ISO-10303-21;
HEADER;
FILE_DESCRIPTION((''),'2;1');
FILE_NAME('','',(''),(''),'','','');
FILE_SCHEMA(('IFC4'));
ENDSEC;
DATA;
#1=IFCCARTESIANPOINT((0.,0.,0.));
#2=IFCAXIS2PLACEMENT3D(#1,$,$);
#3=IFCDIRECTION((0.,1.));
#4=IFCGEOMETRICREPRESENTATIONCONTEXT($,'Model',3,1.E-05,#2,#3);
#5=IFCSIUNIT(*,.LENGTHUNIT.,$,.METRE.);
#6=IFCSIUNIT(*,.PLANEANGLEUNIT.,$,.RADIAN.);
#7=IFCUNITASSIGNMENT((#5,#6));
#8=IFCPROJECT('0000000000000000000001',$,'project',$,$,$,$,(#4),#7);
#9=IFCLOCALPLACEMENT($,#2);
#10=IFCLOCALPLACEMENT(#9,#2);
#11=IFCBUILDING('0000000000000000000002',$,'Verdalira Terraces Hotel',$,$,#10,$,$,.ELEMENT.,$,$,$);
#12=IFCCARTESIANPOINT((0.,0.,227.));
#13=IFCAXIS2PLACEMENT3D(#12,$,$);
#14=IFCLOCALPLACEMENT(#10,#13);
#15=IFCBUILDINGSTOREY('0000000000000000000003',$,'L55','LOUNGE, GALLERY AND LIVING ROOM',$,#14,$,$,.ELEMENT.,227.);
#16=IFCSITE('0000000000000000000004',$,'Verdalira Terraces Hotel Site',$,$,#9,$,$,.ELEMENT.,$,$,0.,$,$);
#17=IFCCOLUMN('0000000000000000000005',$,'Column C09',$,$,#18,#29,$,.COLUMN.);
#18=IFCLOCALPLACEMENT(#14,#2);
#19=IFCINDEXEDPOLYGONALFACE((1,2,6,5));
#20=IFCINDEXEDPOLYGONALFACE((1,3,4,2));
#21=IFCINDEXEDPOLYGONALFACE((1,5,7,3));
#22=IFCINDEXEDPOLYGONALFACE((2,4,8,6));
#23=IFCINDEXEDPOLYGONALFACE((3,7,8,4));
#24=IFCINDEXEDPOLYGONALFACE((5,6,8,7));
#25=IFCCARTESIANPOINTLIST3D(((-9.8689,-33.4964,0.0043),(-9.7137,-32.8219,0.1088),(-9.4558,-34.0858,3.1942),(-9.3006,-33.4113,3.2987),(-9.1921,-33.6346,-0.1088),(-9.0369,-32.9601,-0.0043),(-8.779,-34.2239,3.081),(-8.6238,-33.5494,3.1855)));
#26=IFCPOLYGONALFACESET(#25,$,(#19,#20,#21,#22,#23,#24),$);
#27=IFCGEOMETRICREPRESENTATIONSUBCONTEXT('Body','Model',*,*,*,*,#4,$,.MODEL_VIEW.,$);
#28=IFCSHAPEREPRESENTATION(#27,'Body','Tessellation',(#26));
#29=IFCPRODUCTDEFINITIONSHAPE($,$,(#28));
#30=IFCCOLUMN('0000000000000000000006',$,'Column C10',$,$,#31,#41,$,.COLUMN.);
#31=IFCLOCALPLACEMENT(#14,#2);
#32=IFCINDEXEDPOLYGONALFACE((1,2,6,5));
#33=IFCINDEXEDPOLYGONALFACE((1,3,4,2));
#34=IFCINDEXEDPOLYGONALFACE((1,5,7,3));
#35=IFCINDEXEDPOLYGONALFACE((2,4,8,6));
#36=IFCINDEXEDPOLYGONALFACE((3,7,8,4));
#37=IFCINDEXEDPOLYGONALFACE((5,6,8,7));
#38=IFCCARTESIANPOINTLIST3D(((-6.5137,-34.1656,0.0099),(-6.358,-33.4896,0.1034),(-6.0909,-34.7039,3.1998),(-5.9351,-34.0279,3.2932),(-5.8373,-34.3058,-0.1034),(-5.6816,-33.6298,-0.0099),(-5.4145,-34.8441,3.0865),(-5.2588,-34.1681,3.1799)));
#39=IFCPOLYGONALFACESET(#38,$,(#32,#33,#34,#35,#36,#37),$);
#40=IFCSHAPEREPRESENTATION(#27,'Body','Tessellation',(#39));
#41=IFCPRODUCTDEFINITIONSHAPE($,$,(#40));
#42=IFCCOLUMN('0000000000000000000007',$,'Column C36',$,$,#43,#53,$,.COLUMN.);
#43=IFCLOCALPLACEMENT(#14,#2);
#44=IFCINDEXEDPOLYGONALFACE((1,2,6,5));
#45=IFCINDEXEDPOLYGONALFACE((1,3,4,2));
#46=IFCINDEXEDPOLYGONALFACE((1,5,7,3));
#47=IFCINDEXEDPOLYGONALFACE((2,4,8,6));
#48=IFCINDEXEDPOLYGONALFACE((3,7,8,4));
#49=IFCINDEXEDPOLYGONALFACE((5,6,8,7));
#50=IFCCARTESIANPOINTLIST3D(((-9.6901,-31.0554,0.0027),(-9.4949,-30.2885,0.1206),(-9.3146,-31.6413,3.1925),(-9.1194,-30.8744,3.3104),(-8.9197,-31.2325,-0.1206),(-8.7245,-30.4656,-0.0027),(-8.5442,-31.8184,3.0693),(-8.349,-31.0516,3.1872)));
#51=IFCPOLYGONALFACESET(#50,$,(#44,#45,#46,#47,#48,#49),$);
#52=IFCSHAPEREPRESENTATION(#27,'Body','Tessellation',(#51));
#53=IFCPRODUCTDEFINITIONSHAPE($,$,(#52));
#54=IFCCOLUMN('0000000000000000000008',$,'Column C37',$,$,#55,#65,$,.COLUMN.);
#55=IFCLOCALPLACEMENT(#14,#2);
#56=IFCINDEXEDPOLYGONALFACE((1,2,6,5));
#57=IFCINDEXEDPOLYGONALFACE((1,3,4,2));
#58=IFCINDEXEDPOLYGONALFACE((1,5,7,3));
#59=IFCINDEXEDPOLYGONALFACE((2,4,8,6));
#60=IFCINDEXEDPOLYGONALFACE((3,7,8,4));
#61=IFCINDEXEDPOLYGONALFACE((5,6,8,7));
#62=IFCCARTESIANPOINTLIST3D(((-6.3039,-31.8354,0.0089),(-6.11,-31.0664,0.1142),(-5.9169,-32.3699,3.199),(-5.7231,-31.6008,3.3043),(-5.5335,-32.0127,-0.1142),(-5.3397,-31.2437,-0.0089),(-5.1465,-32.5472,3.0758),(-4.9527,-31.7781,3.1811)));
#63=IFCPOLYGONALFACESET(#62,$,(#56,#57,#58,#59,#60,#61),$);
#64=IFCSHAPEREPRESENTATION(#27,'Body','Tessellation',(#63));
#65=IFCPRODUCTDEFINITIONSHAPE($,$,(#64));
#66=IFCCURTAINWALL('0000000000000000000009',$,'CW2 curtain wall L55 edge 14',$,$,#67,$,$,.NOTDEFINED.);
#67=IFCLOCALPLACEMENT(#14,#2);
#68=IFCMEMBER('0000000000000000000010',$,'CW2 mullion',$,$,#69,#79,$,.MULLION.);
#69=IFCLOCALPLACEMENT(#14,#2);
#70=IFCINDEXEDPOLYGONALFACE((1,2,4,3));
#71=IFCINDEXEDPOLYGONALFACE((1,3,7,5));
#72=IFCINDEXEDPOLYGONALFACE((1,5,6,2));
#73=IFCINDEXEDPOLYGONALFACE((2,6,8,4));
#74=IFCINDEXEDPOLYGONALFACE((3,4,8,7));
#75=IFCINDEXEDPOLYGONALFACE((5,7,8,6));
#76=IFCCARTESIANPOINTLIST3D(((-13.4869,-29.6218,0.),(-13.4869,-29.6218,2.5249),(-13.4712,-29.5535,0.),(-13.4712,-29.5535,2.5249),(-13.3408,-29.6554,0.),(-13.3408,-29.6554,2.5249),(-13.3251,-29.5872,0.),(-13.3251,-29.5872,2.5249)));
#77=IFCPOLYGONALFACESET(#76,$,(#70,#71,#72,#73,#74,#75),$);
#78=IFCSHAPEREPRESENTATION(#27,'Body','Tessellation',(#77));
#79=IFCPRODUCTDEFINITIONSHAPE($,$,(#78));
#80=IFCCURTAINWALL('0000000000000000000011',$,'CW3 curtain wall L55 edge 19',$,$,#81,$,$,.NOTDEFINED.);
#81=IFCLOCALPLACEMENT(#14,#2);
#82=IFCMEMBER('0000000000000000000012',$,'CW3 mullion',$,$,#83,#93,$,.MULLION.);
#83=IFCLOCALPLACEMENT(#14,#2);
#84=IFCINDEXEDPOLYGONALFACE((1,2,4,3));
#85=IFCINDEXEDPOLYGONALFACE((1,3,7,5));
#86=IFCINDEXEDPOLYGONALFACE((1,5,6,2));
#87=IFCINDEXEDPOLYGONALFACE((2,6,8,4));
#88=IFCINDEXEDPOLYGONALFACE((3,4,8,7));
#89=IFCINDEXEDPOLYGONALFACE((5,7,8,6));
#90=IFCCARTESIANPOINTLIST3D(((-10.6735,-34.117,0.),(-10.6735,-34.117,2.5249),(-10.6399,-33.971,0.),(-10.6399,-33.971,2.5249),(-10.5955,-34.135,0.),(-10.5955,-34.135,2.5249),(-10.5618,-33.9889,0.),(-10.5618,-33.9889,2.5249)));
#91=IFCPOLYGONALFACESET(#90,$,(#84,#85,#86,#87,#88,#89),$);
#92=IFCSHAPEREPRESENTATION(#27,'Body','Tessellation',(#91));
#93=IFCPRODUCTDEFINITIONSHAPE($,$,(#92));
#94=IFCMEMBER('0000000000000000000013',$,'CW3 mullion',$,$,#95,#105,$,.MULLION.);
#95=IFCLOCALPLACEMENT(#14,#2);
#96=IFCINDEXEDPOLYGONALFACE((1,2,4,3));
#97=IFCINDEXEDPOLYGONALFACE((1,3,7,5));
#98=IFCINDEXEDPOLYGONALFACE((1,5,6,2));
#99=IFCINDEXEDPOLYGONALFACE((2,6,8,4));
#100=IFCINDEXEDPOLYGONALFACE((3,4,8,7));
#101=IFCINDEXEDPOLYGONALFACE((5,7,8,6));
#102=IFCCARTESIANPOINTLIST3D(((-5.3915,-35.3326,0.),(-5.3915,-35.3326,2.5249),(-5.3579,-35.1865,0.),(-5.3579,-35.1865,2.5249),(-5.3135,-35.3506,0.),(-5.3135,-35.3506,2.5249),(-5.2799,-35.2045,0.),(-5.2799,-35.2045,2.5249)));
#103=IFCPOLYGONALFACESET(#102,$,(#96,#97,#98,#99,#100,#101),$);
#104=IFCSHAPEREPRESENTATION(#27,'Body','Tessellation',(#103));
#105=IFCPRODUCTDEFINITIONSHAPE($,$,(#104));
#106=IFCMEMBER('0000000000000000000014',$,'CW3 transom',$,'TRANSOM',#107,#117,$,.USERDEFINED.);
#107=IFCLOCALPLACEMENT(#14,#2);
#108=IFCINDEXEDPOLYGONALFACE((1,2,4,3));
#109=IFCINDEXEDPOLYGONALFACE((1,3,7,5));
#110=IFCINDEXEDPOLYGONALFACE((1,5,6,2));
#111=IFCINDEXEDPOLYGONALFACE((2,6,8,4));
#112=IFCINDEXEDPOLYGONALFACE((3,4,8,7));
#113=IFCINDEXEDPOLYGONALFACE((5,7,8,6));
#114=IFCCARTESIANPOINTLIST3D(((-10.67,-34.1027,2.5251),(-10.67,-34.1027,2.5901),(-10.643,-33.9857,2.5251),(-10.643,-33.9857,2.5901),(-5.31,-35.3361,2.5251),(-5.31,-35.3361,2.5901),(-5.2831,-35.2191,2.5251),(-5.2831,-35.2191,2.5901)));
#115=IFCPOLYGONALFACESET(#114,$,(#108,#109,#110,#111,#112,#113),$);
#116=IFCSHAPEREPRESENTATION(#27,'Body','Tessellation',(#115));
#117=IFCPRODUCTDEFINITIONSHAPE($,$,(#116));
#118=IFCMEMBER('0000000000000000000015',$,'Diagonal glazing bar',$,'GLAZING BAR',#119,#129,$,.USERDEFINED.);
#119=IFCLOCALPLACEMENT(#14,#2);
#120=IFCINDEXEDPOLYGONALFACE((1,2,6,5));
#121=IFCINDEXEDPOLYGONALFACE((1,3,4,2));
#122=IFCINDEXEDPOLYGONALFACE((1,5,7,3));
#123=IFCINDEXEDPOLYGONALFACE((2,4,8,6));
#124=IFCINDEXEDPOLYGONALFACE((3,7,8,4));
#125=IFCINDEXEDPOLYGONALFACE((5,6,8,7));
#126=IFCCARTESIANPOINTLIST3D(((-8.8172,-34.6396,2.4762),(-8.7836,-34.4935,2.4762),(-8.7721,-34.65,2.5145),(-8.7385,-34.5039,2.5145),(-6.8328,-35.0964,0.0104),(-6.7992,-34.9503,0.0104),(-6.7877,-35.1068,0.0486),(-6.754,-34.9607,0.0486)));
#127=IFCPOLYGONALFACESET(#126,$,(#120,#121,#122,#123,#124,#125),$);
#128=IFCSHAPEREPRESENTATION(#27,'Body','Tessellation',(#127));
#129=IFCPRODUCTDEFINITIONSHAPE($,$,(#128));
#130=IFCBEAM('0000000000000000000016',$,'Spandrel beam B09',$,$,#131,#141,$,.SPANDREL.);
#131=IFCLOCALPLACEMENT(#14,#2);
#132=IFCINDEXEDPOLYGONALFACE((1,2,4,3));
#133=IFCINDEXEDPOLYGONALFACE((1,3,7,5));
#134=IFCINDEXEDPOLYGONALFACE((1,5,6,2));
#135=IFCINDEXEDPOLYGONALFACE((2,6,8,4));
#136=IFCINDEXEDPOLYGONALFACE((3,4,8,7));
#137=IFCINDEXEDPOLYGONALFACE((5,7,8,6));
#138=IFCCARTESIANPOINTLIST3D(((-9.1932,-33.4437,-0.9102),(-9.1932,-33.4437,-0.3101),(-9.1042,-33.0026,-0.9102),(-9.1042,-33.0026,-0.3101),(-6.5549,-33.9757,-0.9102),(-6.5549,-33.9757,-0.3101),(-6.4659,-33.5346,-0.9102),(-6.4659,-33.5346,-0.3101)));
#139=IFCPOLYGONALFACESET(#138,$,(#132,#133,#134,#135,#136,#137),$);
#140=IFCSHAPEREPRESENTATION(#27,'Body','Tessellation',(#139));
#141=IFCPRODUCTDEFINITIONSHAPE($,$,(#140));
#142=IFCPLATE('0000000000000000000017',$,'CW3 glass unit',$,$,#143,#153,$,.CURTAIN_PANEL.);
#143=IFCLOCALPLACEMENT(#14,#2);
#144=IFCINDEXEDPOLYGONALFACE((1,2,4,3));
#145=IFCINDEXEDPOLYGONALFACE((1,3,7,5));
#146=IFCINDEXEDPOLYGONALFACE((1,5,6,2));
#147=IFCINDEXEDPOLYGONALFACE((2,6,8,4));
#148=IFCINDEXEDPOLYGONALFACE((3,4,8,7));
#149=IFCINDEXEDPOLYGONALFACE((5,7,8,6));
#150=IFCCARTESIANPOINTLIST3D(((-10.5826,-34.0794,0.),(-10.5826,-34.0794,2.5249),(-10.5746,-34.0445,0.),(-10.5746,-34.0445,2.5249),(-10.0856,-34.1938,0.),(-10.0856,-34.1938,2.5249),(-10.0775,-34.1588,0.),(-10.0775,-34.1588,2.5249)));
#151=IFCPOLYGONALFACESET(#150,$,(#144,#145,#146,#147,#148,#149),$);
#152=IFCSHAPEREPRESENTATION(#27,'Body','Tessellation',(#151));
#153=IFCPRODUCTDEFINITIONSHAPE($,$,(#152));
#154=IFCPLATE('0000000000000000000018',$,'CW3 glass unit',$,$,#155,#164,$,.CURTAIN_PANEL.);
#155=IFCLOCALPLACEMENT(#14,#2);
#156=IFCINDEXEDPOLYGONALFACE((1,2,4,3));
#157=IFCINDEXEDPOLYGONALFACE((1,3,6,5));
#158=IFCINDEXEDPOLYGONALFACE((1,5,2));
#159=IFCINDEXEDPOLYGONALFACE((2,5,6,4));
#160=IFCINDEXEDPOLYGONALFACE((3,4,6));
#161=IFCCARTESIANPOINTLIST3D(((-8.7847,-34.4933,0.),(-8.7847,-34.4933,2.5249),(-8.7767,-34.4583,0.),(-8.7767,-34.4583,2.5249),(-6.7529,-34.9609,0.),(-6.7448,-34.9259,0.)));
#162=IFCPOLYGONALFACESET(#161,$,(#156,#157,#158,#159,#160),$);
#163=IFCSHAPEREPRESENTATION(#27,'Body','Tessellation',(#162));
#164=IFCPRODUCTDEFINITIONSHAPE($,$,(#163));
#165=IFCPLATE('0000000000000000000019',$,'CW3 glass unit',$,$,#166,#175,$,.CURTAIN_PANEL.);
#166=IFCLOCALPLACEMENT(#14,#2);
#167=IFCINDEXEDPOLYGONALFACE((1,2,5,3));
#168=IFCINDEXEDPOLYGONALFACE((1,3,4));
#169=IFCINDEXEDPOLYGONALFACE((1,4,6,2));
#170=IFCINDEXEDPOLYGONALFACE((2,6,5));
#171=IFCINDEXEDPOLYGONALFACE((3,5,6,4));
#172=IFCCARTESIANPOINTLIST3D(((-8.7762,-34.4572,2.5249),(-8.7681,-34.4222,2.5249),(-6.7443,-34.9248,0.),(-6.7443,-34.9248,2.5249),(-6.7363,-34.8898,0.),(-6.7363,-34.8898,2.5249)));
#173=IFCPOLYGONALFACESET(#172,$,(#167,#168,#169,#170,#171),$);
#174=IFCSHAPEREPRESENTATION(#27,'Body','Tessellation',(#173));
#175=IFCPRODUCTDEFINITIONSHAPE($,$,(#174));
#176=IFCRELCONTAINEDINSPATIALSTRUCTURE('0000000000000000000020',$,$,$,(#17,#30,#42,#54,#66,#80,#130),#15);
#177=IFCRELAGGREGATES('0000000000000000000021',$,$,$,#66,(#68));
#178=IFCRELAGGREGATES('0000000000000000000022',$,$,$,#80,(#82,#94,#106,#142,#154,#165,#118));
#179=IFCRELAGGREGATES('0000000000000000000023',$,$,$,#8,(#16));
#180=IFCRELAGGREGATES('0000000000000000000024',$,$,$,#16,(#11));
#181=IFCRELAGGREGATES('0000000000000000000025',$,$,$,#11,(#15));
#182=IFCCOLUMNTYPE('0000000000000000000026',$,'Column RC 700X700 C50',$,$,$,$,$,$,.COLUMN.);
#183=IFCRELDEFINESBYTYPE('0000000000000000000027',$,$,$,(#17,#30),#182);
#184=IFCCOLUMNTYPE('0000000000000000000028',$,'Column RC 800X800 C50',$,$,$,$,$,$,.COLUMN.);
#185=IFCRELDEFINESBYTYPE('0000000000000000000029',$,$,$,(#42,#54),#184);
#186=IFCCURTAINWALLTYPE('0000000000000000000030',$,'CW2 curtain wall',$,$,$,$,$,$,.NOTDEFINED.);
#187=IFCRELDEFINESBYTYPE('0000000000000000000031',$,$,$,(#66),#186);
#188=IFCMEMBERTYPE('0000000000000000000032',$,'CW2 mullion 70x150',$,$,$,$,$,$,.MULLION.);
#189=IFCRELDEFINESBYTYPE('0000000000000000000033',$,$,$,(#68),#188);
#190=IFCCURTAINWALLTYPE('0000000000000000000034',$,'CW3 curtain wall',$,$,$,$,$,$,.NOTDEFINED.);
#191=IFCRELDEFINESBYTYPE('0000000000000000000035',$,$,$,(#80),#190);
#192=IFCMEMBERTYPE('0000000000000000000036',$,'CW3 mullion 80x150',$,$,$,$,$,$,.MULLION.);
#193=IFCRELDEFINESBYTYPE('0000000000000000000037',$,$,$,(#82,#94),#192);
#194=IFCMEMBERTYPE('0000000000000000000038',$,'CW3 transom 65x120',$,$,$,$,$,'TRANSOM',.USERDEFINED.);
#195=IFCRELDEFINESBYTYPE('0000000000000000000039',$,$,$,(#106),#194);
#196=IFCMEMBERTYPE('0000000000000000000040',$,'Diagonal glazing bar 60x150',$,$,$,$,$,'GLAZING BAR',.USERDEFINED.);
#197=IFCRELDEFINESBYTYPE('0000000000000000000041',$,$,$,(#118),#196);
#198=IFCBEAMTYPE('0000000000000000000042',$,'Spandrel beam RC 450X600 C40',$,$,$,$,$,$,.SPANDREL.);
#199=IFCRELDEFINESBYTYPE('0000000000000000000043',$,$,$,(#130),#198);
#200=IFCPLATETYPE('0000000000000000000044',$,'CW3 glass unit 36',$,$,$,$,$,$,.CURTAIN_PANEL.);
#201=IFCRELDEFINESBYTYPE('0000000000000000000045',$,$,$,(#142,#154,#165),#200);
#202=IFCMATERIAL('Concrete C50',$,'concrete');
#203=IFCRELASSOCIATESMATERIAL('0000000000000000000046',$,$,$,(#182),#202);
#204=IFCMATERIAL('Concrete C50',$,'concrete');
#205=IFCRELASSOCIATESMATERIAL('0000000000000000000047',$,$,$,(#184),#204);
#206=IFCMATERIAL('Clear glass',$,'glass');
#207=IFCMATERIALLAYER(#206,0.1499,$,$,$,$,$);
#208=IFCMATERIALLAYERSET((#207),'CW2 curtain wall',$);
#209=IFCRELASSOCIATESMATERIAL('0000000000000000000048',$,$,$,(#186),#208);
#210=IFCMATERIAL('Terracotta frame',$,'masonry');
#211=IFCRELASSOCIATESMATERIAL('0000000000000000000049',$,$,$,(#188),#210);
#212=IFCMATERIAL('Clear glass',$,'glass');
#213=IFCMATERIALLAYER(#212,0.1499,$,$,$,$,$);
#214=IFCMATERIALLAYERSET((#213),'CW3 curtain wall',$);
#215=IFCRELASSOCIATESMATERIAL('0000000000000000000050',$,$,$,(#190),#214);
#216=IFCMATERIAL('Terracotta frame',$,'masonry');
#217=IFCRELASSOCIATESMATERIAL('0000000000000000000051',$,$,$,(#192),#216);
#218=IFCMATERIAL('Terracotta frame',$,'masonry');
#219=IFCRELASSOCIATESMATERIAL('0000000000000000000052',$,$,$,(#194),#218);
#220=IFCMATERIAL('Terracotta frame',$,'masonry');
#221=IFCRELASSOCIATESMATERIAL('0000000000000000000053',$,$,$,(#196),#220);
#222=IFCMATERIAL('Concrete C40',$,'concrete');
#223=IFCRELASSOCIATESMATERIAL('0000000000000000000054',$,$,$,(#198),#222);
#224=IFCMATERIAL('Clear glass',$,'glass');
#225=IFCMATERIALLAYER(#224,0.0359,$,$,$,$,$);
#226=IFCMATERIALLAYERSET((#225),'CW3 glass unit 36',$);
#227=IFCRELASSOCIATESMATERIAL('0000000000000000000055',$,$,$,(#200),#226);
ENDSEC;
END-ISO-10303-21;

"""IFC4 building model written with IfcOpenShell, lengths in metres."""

from ifc_helpers import new_model, si_unit, direction, frame, origin, origin_2d, place, context, subcontext, project, spatial, polyline, rectangle, outline, extrude, material, layer, layer_set, material_profile, profile_set, type_object, element, aggregate, save


model = new_model("IFC4")

# Units and contexts
model_context = context("Model", 3, precision=1e-05, world=origin(), true_north=direction((0.0, 1.0)))
body_context = subcontext(model_context, "Body", "Model", "MODEL_VIEW")
ifc_project = project(units=[si_unit("LENGTHUNIT", "METRE"), si_unit("PLANEANGLEUNIT", "RADIAN")], contexts=[model_context])

# Site, building, storey
site_placement = place(None, origin())
site = spatial("IfcSite", under=ifc_project, at=site_placement, Name="Verdalira Terraces Hotel Site", CompositionType="ELEMENT", RefElevation=0.0)
building_placement = place(site_placement, origin())
building = spatial("IfcBuilding", under=site, at=building_placement, Name="Verdalira Terraces Hotel", CompositionType="ELEMENT")
storey_placement = place(building_placement, frame((0.0, 0.0, 227.0)))
storey = spatial("IfcBuildingStorey", under=building, at=storey_placement, Name="L55", Description="LOUNGE, GALLERY AND LIVING ROOM", CompositionType="ELEMENT", Elevation=227.0)

# Columns
ifc_material_1 = material(Name="Concrete C50", Category="concrete")
ifc_material_profile_1 = material_profile(ifc_material_1, rectangle(XDim=0.7, YDim=0.7, at=origin_2d()), Name="RC 700X700")
ifc_profile_set_1 = profile_set([ifc_material_profile_1], Name="Concrete C50")
column_type_1 = type_object("IfcColumnType", Name="Column RC 700X700 C50", PredefinedType="COLUMN", material=ifc_profile_set_1)
column_1_placement = place(storey_placement, frame((-9.4529, -33.2283, 0.0), z_axis=(0.126321, -0.180224, 0.97548), x_axis=(0.966901, -0.197391, -0.161679)))
element("IfcColumn", 1, at=column_1_placement, inside=storey, type_object=column_type_1, Name="Column C09", PredefinedType="COLUMN", context=body_context, shape_type="SweptSolid", body=[
    extrude(rectangle(XDim=0.7, YDim=0.7, at=origin_2d()), origin(), (0.0, 0.0, 1.0), 3.27),
])
column_2_placement = place(storey_placement, frame((-6.0977, -33.8977, 0.0), z_axis=(0.129607, -0.165002, 0.97774), x_axis=(0.966283, -0.200231, -0.161879)))
element("IfcColumn", 2, at=column_2_placement, inside=storey, type_object=column_type_1, Name="Column C10", PredefinedType="COLUMN", context=body_context, shape_type="SweptSolid", body=[
    extrude(rectangle(XDim=0.7, YDim=0.7, at=origin_2d()), origin(), (0.0, 0.0, 1.0), 3.2625),
])
ifc_material_2 = material(Name="Concrete C50", Category="concrete")
ifc_material_profile_2 = material_profile(ifc_material_2, rectangle(XDim=0.8, YDim=0.8, at=origin_2d()), Name="RC 800X800")
ifc_profile_set_2 = profile_set([ifc_material_profile_2], Name="Concrete C50")
column_type_2 = type_object("IfcColumnType", Name="Column RC 800X800 C50", PredefinedType="COLUMN", material=ifc_profile_set_2)
column_3_placement = place(storey_placement, frame((-9.2073, -30.7605, 0.0), z_axis=(0.115005, -0.179462, 0.97702), x_axis=(-0.243963, -0.958525, -0.147348)))
element("IfcColumn", 3, at=column_3_placement, inside=storey, type_object=column_type_2, Name="Column C36", PredefinedType="COLUMN", context=body_context, shape_type="SweptSolid", body=[
    extrude(rectangle(XDim=0.8, YDim=0.8, at=origin_2d()), origin(), (0.0, 0.0, 1.0), 3.2649),
])
column_4_placement = place(storey_placement, frame((-5.8218, -31.5396, 0.0), z_axis=(0.118793, -0.164061, 0.979271), x_axis=(-0.242288, -0.961231, -0.131648)))
element("IfcColumn", 4, at=column_4_placement, inside=storey, type_object=column_type_2, Name="Column C37", PredefinedType="COLUMN", context=body_context, shape_type="SweptSolid", body=[
    extrude(rectangle(XDim=0.8, YDim=0.8, at=origin_2d()), origin(), (0.0, 0.0, 1.0), 3.2576),
])

# Curtain wall, member
ifc_material_3 = material(Name="Clear glass", Category="glass")
ifc_layer_1 = layer(ifc_material_3, 0.1499)
ifc_layer_set_1 = layer_set([ifc_layer_1], Name="CW2 curtain wall")
curtain_wall_type_1 = type_object("IfcCurtainWallType", Name="CW2 curtain wall", PredefinedType="NOTDEFINED", material=ifc_layer_set_1)
curtain_wall_1_placement = place(storey_placement, origin())
curtain_wall_1 = element("IfcCurtainWall", 5, at=curtain_wall_1_placement, inside=storey, type_object=curtain_wall_type_1, Name="CW2 curtain wall L55 edge 14", PredefinedType="NOTDEFINED")
ifc_material_4 = material(Name="Terracotta frame", Category="masonry")
ifc_material_profile_3 = material_profile(ifc_material_4, rectangle(XDim=0.0701, YDim=0.1499, at=origin_2d()), Name="MU 70x150")
ifc_profile_set_3 = profile_set([ifc_material_profile_3], Name="Terracotta frame")
member_type_1 = type_object("IfcMemberType", Name="CW2 mullion 70x150", PredefinedType="MULLION", material=ifc_profile_set_3)
member_1_placement = place(storey_placement, frame((-13.406, -29.6045, 0.0), z_axis=(0.0, 0.0, 1.0), x_axis=(-0.224271, -0.974527, 0.0)))
member_1 = element("IfcMember", 6, at=member_1_placement, type_object=member_type_1, Name="CW2 mullion", PredefinedType="MULLION", context=body_context, shape_type="SweptSolid", body=[
    extrude(rectangle(XDim=0.0701, YDim=0.1499, at=origin_2d()), origin(), (0.0, 0.0, 1.0), 2.5249),
])
aggregate(curtain_wall_1, [member_1])

# Curtain wall, members
ifc_material_5 = material(Name="Clear glass", Category="glass")
ifc_layer_2 = layer(ifc_material_5, 0.1499)
ifc_layer_set_2 = layer_set([ifc_layer_2], Name="CW3 curtain wall")
curtain_wall_type_2 = type_object("IfcCurtainWallType", Name="CW3 curtain wall", PredefinedType="NOTDEFINED", material=ifc_layer_set_2)
curtain_wall_2_placement = place(storey_placement, origin())
curtain_wall_2 = element("IfcCurtainWall", 7, at=curtain_wall_2_placement, inside=storey, type_object=curtain_wall_type_2, Name="CW3 curtain wall L55 edge 19", PredefinedType="NOTDEFINED")
ifc_material_6 = material(Name="Terracotta frame", Category="masonry")
ifc_material_profile_4 = material_profile(ifc_material_6, rectangle(XDim=0.0801, YDim=0.1499, at=origin_2d()), Name="MU 80x150")
ifc_profile_set_4 = profile_set([ifc_material_profile_4], Name="Terracotta frame")
member_type_2 = type_object("IfcMemberType", Name="CW3 mullion 80x150", PredefinedType="MULLION", material=ifc_profile_set_4)
member_2_placement = place(storey_placement, frame((-10.6177, -34.053, 0.0), z_axis=(0.0, 0.0, 1.0), x_axis=(0.974527, -0.224271, 0.0)))
member_2 = element("IfcMember", 8, at=member_2_placement, type_object=member_type_2, Name="CW3 mullion", PredefinedType="MULLION", context=body_context, shape_type="SweptSolid", body=[
    extrude(rectangle(XDim=0.0801, YDim=0.1499, at=origin_2d()), origin(), (0.0, 0.0, 1.0), 2.5249),
])
member_3_placement = place(storey_placement, frame((-5.3357, -35.2686, 0.0), z_axis=(0.0, 0.0, 1.0), x_axis=(0.974527, -0.224271, 0.0)))
member_3 = element("IfcMember", 9, at=member_3_placement, type_object=member_type_2, Name="CW3 mullion", PredefinedType="MULLION", context=body_context, shape_type="SweptSolid", body=[
    extrude(rectangle(XDim=0.0801, YDim=0.1499, at=origin_2d()), origin(), (0.0, 0.0, 1.0), 2.5249),
])
ifc_material_7 = material(Name="Terracotta frame", Category="masonry")
ifc_material_profile_5 = material_profile(ifc_material_7, rectangle(XDim=0.1201, YDim=0.0649, at=origin_2d()), Name="TR 65x120")
ifc_profile_set_5 = profile_set([ifc_material_profile_5], Name="Terracotta frame")
member_type_3 = type_object("IfcMemberType", Name="CW3 transom 65x120", ElementType="TRANSOM", PredefinedType="USERDEFINED", material=ifc_profile_set_5)
member_4_placement = place(storey_placement, frame((-10.6565, -34.0442, 2.5576), z_axis=(0.97453, -0.224256, 0.0), x_axis=(0.224256, 0.97453, 0.0)))
member_4 = element("IfcMember", 10, at=member_4_placement, type_object=member_type_3, Name="CW3 transom", ObjectType="TRANSOM", PredefinedType="USERDEFINED", context=body_context, shape_type="SweptSolid", body=[
    extrude(rectangle(XDim=0.1201, YDim=0.0649, at=origin_2d()), origin(), (0.0, 0.0, 1.0), 5.5),
])
ifc_material_8 = material(Name="Terracotta frame", Category="masonry")
ifc_material_profile_6 = material_profile(ifc_material_8, rectangle(XDim=0.1499, YDim=0.0601, at=origin_2d()), Name="GB 60x150")
ifc_profile_set_6 = profile_set([ifc_material_profile_6], Name="Terracotta frame")
member_type_4 = type_object("IfcMemberType", Name="Diagonal glazing bar 60x150", ElementType="GLAZING BAR", PredefinedType="USERDEFINED", material=ifc_profile_set_6)
member_5_placement = place(storey_placement, frame((-8.7778, -34.5718, 2.4954), z_axis=(0.620521, -0.142839, -0.771071), x_axis=(0.224325, 0.974514, 0.0)))
member_5 = element("IfcMember", 11, at=member_5_placement, type_object=member_type_4, Name="Diagonal glazing bar", ObjectType="GLAZING BAR", PredefinedType="USERDEFINED", context=body_context, shape_type="SweptSolid", body=[
    extrude(rectangle(XDim=0.1499, YDim=0.0601, at=origin_2d()), origin(), (0.0, 0.0, 1.0), 3.198),
])

# Beam
ifc_material_9 = material(Name="Concrete C40", Category="concrete")
ifc_material_profile_7 = material_profile(ifc_material_9, rectangle(XDim=0.45, YDim=0.6001, at=origin_2d()), Name="RC 450X600")
ifc_profile_set_7 = profile_set([ifc_material_profile_7], Name="Concrete C40")
beam_type = type_object("IfcBeamType", Name="Spandrel beam RC 450X600 C40", PredefinedType="SPANDREL", material=ifc_profile_set_7)
beam_placement = place(storey_placement, frame((-9.1487, -33.2231, -0.6101), z_axis=(0.980269, -0.197669, 0.0), x_axis=(0.197669, 0.980269, 0.0)))
element("IfcBeam", 12, at=beam_placement, inside=storey, type_object=beam_type, Name="Spandrel beam B09", PredefinedType="SPANDREL", context=body_context, shape_type="SweptSolid", body=[
    extrude(rectangle(XDim=0.45, YDim=0.6001, at=origin_2d()), origin(), (0.0, 0.0, 1.0), 2.6914),
])

# Plates
ifc_material_10 = material(Name="Clear glass", Category="glass")
ifc_layer_3 = layer(ifc_material_10, 0.0359)
ifc_layer_set_3 = layer_set([ifc_layer_3], Name="CW3 glass unit 36")
plate_type = type_object("IfcPlateType", Name="CW3 glass unit 36", PredefinedType="CURTAIN_PANEL", material=ifc_layer_set_3)
plate_1_placement = place(storey_placement, frame((-10.3301, -34.1191, 0.0), z_axis=(0.0, 0.0, 1.0), x_axis=(0.974527, -0.224271, 0.0)))
plate_1 = element("IfcPlate", 13, at=plate_1_placement, type_object=plate_type, Name="CW3 glass unit", PredefinedType="CURTAIN_PANEL", context=body_context, shape_type="SweptSolid", body=[
    extrude(rectangle(XDim=0.51, YDim=0.0359, at=origin_2d()), origin(), (0.0, 0.0, 1.0), 2.5249),
])
plate_2_placement = place(storey_placement, frame((-7.7607, -34.6921, 1.2625), z_axis=(-0.224271, -0.974527, 0.0), x_axis=(0.974527, -0.224271, 0.0)))
plate_2 = element("IfcPlate", 14, at=plate_2_placement, type_object=plate_type, Name="CW3 glass unit", PredefinedType="CURTAIN_PANEL", context=body_context, shape_type="SweptSolid", body=[
    extrude(outline(polyline([(-1.0425, -1.2625), (1.0425, -1.2625), (-1.0425, 1.2625), (-1.0425, -1.2625)])), origin(), (0.0, 0.0, 1.0), 0.0359),
])
plate_3_placement = place(storey_placement, frame((-7.7522, -34.656, 1.2625), z_axis=(-0.224271, -0.974527, 0.0), x_axis=(0.974527, -0.224271, 0.0)))
plate_3 = element("IfcPlate", 15, at=plate_3_placement, type_object=plate_type, Name="CW3 glass unit", PredefinedType="CURTAIN_PANEL", context=body_context, shape_type="SweptSolid", body=[
    extrude(outline(polyline([(1.0425, -1.2625), (1.0425, 1.2625), (-1.0425, 1.2625), (1.0425, -1.2625)])), origin(), (0.0, 0.0, 1.0), 0.0359),
])
aggregate(curtain_wall_2, [member_2, member_3, member_4, plate_1, plate_2, plate_3, member_5])

save(model, "model.ifc")
